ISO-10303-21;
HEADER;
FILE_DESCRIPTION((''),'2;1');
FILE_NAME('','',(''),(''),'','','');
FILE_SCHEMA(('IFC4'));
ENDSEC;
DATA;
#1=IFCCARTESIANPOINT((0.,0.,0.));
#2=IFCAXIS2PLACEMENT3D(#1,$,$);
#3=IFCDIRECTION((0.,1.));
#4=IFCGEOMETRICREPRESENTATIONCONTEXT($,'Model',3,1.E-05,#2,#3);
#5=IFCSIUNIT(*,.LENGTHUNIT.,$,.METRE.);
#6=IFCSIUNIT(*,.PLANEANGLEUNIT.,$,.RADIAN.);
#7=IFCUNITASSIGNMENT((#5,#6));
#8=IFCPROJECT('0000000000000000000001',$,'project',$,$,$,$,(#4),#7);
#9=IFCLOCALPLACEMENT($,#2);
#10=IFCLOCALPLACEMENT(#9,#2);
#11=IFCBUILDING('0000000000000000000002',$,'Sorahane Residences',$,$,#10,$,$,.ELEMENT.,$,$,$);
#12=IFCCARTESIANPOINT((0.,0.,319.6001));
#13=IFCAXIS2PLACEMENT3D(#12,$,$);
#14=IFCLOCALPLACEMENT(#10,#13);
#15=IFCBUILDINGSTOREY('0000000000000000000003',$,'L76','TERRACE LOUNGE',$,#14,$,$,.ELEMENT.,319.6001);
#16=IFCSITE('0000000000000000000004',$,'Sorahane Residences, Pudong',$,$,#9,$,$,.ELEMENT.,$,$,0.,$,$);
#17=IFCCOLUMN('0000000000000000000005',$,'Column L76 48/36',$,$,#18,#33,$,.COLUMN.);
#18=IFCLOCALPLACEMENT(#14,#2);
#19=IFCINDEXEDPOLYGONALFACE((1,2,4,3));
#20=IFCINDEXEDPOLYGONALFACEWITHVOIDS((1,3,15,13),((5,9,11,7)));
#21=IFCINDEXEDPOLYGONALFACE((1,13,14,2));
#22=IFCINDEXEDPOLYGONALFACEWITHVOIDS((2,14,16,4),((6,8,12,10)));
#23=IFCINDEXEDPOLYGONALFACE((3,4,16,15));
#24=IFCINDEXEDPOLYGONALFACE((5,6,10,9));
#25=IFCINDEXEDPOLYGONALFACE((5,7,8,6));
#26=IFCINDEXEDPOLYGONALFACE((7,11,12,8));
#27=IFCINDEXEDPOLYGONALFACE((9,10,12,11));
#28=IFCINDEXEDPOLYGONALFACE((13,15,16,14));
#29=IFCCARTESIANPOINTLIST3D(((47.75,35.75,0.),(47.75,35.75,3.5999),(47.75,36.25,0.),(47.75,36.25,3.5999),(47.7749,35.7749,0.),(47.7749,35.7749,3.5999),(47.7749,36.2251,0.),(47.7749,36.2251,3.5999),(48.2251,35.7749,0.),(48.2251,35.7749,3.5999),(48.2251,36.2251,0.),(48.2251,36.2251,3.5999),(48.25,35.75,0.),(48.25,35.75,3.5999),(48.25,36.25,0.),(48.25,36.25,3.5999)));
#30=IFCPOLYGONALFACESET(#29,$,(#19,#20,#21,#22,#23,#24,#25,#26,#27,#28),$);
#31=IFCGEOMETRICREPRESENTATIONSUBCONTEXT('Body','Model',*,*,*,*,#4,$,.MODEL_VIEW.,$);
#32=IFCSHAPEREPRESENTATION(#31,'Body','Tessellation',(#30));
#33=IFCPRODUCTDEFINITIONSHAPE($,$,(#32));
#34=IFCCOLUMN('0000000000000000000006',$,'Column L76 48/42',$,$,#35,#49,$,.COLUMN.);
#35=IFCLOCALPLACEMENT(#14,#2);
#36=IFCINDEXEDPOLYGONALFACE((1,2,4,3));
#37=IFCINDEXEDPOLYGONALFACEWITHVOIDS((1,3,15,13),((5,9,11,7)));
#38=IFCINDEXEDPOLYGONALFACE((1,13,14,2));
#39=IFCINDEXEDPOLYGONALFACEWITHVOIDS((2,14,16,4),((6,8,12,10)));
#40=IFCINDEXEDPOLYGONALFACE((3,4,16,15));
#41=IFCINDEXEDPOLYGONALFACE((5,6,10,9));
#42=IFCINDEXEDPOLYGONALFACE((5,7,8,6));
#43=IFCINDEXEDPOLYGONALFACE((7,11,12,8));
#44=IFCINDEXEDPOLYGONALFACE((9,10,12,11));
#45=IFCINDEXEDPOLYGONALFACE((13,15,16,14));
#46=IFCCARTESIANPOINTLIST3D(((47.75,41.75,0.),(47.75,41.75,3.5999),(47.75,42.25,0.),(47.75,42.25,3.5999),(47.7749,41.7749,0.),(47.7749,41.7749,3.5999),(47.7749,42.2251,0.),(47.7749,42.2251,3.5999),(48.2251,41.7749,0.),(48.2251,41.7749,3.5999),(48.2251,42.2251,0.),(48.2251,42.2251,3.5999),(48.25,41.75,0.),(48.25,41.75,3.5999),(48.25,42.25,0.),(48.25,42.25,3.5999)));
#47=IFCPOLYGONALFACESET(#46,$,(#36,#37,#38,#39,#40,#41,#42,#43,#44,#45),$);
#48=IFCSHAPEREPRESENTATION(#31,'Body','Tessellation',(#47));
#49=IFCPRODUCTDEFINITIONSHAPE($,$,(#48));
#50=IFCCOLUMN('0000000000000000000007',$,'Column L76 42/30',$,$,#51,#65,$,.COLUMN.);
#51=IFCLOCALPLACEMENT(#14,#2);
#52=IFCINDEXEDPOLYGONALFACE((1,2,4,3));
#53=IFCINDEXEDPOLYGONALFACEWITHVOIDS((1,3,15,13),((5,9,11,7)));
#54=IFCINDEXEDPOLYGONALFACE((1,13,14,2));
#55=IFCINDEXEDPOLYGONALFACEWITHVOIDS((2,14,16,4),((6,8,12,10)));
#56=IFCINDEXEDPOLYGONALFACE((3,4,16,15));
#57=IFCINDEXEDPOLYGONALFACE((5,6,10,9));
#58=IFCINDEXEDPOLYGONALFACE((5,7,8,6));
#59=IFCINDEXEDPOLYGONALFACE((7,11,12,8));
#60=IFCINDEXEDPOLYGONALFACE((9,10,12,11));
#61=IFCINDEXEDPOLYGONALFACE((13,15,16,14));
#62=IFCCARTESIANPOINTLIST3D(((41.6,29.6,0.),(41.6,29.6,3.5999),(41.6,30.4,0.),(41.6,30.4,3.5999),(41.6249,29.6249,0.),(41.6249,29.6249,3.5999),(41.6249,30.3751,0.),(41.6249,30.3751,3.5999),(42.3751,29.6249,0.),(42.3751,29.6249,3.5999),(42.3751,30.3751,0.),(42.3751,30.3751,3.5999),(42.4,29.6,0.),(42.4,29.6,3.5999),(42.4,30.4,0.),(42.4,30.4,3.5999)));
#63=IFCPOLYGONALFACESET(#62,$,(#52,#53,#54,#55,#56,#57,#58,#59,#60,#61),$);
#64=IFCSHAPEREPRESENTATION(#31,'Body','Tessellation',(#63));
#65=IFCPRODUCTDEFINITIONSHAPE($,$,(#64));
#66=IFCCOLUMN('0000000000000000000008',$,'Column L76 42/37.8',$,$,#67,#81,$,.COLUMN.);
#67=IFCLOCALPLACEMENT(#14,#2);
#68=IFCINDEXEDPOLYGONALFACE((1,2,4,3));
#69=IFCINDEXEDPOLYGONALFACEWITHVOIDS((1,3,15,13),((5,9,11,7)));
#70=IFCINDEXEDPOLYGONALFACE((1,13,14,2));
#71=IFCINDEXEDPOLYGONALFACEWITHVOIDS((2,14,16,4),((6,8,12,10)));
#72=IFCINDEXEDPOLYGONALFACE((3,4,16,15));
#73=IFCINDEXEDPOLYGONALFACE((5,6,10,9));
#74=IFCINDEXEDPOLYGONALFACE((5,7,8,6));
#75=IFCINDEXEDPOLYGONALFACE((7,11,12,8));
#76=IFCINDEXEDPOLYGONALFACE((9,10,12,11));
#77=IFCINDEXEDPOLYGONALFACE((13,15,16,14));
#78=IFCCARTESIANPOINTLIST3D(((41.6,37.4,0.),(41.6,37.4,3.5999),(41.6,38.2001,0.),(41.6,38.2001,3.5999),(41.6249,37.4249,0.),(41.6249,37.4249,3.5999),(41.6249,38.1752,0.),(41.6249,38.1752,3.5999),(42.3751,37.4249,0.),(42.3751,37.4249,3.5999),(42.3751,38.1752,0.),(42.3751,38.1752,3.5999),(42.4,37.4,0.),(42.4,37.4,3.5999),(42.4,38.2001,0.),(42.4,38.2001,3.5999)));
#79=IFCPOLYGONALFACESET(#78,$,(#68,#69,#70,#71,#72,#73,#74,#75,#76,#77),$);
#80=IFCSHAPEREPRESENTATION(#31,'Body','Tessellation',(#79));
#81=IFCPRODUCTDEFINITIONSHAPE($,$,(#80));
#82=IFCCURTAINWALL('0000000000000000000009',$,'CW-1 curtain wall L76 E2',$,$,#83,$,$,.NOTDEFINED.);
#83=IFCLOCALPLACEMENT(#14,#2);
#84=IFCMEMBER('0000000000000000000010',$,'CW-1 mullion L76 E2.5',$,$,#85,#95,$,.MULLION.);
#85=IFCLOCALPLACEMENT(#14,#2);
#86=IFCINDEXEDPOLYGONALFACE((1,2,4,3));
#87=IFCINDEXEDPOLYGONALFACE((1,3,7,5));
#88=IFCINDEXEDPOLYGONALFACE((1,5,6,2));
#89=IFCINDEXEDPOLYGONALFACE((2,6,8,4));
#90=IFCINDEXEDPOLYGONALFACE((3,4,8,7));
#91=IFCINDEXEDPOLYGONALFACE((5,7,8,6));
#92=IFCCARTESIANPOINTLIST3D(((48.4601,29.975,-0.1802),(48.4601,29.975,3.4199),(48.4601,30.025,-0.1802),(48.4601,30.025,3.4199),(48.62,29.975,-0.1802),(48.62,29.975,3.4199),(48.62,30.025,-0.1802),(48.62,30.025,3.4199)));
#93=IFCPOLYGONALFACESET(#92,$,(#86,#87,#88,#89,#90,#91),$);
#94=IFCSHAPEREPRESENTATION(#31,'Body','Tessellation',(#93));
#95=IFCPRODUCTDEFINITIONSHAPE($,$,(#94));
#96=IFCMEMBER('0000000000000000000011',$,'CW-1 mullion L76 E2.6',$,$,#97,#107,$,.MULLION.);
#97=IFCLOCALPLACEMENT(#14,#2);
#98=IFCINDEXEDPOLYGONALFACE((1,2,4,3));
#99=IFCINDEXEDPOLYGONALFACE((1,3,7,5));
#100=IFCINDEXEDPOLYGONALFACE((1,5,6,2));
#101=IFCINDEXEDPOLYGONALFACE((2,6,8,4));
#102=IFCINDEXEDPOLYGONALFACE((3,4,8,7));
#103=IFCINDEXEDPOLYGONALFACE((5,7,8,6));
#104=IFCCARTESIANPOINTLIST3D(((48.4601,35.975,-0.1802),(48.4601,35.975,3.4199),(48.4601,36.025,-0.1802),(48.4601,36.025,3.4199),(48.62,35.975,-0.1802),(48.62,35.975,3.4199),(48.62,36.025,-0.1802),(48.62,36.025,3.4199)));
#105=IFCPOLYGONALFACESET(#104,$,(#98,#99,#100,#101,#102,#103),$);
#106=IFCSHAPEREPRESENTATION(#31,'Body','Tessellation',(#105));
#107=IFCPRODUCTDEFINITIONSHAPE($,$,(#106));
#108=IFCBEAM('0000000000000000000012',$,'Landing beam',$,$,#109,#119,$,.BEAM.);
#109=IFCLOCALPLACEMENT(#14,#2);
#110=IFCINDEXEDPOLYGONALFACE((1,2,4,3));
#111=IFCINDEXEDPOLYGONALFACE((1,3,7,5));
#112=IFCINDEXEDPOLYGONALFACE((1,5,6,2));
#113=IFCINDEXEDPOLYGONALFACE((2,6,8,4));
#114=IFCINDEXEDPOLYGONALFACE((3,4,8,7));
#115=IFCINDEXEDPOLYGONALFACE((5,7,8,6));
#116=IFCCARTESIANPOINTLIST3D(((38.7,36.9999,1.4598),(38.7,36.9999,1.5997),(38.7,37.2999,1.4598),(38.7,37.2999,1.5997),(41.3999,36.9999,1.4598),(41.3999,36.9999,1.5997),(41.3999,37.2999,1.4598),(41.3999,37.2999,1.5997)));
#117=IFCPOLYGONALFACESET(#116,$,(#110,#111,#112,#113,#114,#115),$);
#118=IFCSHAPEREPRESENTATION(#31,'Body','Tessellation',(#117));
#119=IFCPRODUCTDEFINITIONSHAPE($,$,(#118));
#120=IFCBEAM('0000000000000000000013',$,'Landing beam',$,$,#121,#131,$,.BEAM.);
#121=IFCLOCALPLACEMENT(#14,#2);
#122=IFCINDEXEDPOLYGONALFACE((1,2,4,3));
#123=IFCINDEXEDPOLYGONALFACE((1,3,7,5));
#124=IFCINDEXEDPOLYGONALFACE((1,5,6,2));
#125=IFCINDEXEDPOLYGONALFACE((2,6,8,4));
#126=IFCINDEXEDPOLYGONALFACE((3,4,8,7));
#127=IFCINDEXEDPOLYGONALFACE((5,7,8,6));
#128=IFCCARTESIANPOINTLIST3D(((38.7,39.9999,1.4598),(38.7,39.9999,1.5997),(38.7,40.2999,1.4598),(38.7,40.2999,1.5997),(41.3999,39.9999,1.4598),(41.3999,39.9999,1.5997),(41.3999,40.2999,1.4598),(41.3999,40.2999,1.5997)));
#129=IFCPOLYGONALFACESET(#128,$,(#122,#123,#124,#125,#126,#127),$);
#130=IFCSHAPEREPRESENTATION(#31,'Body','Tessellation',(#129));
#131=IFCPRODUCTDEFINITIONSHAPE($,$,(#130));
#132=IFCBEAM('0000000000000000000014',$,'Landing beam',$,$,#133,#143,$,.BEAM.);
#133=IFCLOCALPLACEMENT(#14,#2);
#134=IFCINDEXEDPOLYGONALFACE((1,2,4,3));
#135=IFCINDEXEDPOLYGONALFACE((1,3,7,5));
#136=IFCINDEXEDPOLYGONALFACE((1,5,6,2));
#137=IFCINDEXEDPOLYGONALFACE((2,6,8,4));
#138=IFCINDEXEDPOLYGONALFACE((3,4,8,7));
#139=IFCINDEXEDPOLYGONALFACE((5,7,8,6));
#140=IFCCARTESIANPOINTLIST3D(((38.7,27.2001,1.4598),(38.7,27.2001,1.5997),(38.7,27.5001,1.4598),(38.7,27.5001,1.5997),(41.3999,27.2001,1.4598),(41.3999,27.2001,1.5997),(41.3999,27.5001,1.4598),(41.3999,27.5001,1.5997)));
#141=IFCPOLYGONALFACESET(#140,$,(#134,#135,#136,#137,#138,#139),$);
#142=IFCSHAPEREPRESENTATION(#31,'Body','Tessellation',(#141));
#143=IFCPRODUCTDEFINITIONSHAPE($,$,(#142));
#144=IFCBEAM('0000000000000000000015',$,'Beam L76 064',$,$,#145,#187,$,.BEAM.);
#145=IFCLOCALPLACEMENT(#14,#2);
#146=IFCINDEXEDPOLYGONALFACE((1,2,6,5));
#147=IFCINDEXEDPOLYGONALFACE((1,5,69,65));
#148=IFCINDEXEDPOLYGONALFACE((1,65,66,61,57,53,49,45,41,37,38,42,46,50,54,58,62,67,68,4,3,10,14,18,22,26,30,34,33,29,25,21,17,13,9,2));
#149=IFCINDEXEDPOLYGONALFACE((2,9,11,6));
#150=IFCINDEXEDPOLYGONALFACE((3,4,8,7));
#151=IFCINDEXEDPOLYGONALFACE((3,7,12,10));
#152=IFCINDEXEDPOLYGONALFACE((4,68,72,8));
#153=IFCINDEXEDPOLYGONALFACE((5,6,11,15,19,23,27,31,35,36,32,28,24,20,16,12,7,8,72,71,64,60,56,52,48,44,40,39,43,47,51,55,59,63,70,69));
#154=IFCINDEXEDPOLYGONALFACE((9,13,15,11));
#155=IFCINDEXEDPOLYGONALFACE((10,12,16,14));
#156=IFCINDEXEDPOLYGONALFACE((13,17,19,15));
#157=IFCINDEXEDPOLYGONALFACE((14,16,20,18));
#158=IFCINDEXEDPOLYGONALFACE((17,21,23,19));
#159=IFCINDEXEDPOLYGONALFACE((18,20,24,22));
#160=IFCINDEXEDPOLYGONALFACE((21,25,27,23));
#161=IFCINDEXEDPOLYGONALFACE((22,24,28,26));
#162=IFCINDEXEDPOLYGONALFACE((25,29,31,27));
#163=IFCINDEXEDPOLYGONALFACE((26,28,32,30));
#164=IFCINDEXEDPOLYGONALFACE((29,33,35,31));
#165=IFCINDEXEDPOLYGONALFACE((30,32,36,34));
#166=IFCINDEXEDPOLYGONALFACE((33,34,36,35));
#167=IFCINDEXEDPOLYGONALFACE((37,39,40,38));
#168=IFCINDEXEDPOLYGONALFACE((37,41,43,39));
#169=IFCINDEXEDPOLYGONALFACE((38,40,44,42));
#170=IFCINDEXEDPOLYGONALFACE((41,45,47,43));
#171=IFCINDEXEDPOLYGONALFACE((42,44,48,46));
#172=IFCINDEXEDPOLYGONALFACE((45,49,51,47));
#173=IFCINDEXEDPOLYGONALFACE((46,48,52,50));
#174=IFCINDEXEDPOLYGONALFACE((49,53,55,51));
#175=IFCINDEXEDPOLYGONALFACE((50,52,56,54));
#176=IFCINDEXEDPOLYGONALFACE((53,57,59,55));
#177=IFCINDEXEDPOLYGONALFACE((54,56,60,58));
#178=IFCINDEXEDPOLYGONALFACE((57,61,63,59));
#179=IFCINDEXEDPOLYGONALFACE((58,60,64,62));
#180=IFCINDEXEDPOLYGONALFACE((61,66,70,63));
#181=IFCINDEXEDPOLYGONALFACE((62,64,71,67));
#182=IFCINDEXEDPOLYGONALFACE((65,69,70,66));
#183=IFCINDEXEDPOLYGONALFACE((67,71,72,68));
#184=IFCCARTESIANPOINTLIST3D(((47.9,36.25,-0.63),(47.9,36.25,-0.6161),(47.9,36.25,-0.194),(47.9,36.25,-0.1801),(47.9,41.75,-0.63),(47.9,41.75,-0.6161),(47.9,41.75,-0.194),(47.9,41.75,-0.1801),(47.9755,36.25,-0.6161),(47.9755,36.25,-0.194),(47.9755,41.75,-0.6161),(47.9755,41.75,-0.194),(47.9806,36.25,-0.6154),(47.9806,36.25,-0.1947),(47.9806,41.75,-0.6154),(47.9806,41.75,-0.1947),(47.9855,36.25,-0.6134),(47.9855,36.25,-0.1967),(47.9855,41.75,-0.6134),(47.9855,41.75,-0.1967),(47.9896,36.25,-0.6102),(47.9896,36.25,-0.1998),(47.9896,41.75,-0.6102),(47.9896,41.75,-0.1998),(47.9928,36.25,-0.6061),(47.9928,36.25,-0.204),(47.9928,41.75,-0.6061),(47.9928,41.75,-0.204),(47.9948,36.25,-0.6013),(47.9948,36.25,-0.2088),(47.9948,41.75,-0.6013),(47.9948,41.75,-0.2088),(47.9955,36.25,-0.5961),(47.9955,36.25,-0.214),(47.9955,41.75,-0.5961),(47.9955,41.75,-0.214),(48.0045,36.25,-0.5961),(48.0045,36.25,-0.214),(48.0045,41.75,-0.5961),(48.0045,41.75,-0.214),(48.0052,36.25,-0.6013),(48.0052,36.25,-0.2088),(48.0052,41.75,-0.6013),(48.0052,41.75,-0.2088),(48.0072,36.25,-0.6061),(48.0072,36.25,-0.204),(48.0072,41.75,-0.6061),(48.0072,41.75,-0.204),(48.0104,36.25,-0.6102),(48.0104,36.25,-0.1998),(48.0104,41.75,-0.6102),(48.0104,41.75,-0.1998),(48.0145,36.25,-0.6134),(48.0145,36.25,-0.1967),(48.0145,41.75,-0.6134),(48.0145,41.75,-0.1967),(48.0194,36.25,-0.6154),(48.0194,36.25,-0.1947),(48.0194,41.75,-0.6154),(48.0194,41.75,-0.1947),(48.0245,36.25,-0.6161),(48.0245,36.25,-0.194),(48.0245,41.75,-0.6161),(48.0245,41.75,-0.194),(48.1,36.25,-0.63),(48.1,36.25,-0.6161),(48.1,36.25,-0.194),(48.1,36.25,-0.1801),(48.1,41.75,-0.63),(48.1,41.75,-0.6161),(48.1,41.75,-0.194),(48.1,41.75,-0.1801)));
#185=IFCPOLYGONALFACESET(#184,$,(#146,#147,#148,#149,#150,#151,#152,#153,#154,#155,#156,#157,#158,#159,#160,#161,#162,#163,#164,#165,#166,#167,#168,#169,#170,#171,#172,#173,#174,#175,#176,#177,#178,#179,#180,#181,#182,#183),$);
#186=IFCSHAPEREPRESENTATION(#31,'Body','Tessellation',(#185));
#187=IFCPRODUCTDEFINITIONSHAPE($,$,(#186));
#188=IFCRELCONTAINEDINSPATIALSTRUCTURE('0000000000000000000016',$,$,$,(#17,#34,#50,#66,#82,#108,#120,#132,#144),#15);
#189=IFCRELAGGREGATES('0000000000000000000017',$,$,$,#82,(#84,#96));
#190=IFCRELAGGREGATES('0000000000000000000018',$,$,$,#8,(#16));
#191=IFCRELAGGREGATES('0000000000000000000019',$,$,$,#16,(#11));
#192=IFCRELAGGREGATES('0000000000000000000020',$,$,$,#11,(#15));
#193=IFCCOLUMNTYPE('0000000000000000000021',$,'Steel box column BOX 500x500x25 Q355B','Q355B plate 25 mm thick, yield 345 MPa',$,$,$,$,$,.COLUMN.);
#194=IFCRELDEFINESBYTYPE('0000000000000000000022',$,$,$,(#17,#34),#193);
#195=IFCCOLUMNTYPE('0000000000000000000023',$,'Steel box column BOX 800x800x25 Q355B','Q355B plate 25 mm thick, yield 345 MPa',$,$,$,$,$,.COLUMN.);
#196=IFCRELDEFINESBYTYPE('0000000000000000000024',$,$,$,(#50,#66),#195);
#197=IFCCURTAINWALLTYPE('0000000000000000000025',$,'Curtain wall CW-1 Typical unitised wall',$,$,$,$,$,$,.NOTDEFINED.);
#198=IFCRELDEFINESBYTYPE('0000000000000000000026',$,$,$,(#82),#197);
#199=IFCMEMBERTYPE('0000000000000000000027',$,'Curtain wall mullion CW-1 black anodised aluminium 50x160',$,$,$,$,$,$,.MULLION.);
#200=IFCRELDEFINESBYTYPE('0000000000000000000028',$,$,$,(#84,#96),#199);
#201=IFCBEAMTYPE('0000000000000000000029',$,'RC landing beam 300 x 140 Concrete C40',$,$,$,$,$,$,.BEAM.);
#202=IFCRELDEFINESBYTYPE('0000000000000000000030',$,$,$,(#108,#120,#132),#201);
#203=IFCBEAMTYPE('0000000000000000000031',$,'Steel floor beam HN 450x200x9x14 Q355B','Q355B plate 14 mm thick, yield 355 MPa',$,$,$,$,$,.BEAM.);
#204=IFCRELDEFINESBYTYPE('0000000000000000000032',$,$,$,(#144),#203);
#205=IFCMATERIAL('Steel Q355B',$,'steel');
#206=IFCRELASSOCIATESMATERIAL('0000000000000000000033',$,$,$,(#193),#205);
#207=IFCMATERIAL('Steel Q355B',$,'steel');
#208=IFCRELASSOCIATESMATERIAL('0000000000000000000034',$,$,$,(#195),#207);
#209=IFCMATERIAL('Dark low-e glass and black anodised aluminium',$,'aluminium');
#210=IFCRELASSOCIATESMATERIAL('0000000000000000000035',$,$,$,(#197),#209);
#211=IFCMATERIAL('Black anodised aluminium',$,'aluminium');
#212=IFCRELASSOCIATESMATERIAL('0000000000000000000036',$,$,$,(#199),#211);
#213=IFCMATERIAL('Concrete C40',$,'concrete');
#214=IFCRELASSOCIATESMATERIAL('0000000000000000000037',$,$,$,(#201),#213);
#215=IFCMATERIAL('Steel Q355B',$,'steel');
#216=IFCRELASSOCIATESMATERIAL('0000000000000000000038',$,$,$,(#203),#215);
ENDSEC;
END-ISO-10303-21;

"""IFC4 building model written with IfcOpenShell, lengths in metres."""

from ifc_helpers import new_model, si_unit, direction, frame, origin, origin_2d, place, context, subcontext, project, spatial, rectangle, hollow_rectangle, i_section, extrude, material, material_profile, profile_set, type_object, element, aggregate, save


model = new_model("IFC4")

# Units and contexts
model_context = context("Model", 3, precision=1e-05, world=origin(), true_north=direction((0.0, 1.0)))
body_context = subcontext(model_context, "Body", "Model", "MODEL_VIEW")
ifc_project = project(units=[si_unit("LENGTHUNIT", "METRE"), si_unit("PLANEANGLEUNIT", "RADIAN")], contexts=[model_context])

# Site, building, storey
site_placement = place(None, origin())
site = spatial("IfcSite", under=ifc_project, at=site_placement, Name="Sorahane Residences, Pudong", CompositionType="ELEMENT", RefElevation=0.0)
building_placement = place(site_placement, origin())
building = spatial("IfcBuilding", under=site, at=building_placement, Name="Sorahane Residences", CompositionType="ELEMENT")
storey_placement = place(building_placement, frame((0.0, 0.0, 319.6001)))
storey = spatial("IfcBuildingStorey", under=building, at=storey_placement, Name="L76", Description="TERRACE LOUNGE", CompositionType="ELEMENT", Elevation=319.6001)

# Columns
ifc_material_1 = material(Name="Steel Q355B", Category="steel")
ifc_material_profile_1 = material_profile(ifc_material_1, hollow_rectangle(XDim=0.5, YDim=0.5, WallThickness=0.0249, at=origin_2d()), Name="BOX 500x500x25")
ifc_profile_set_1 = profile_set([ifc_material_profile_1], Name="Steel Q355B")
column_type_1 = type_object("IfcColumnType", Name="Steel box column BOX 500x500x25 Q355B", Description="Q355B plate 25 mm thick, yield 345 MPa", PredefinedType="COLUMN", material=ifc_profile_set_1)
for number, where, z_axis, x_axis, name in (
    (1, (48.0, 36.0, 0.0), (0.0, 0.0, 1.0), (1.0, 0.0, 0.0), "Column L76 48/36"),
    (2, (48.0, 42.0, 0.0), (0.0, 0.0, 1.0), (1.0, 0.0, 0.0), "Column L76 48/42"),
):
    element("IfcColumn", number, at=place(storey_placement, frame(where, z_axis=z_axis, x_axis=x_axis)), inside=storey, type_object=column_type_1, Name=name, PredefinedType="COLUMN", context=body_context, shape_type="SweptSolid", body=[
        extrude(hollow_rectangle(XDim=0.5, YDim=0.5, WallThickness=0.0249, at=origin_2d()), origin(), (0.0, 0.0, 1.0), 3.5999),
    ])
ifc_material_2 = material(Name="Steel Q355B", Category="steel")
ifc_material_profile_2 = material_profile(ifc_material_2, hollow_rectangle(XDim=0.8, YDim=0.8, WallThickness=0.0249, at=origin_2d()), Name="BOX 800x800x25")
ifc_profile_set_2 = profile_set([ifc_material_profile_2], Name="Steel Q355B")
column_type_2 = type_object("IfcColumnType", Name="Steel box column BOX 800x800x25 Q355B", Description="Q355B plate 25 mm thick, yield 345 MPa", PredefinedType="COLUMN", material=ifc_profile_set_2)
for number, where, z_axis, x_axis, name in (
    (3, (42.0, 30.0, 0.0), (0.0, 0.0, 1.0), (1.0, 0.0, 0.0), "Column L76 42/30"),
    (4, (42.0, 37.8, 0.0), (0.0, 0.0, 1.0), (1.0, 0.0, 0.0), "Column L76 42/37.8"),
):
    element("IfcColumn", number, at=place(storey_placement, frame(where, z_axis=z_axis, x_axis=x_axis)), inside=storey, type_object=column_type_2, Name=name, PredefinedType="COLUMN", context=body_context, shape_type="SweptSolid", body=[
        extrude(hollow_rectangle(XDim=0.8, YDim=0.8, WallThickness=0.0249, at=origin_2d()), origin(), (0.0, 0.0, 1.0), 3.5999),
    ])

# Curtain wall, members
ifc_material_3 = material(Name="Dark low-e glass and black anodised aluminium", Category="aluminium")
curtain_wall_type = type_object("IfcCurtainWallType", Name="Curtain wall CW-1 Typical unitised wall", PredefinedType="NOTDEFINED", material=ifc_material_3)
curtain_wall_placement = place(storey_placement, origin())
curtain_wall = element("IfcCurtainWall", 5, at=curtain_wall_placement, inside=storey, type_object=curtain_wall_type, Name="CW-1 curtain wall L76 E2", PredefinedType="NOTDEFINED")
ifc_material_4 = material(Name="Black anodised aluminium", Category="aluminium")
ifc_material_profile_3 = material_profile(ifc_material_4, rectangle(XDim=0.1599, YDim=0.05, at=origin_2d()), Name="Curtain wall mullion CW-1 black anodised aluminium 50x160")
ifc_profile_set_3 = profile_set([ifc_material_profile_3], Name="Black anodised aluminium")
member_type = type_object("IfcMemberType", Name="Curtain wall mullion CW-1 black anodised aluminium 50x160", PredefinedType="MULLION", material=ifc_profile_set_3)
member_1_placement = place(storey_placement, frame((48.54, 30.0, -0.1802), z_axis=(0.0, 0.0, 1.0), x_axis=(1.0, 0.0, 0.0)))
member_1 = element("IfcMember", 6, at=member_1_placement, type_object=member_type, Name="CW-1 mullion L76 E2.5", PredefinedType="MULLION", context=body_context, shape_type="SweptSolid", body=[
    extrude(rectangle(XDim=0.1599, YDim=0.05, at=origin_2d()), origin(), (0.0, 0.0, 1.0), 3.6001),
])
member_2_placement = place(storey_placement, frame((48.54, 36.0, -0.1802), z_axis=(0.0, 0.0, 1.0), x_axis=(1.0, 0.0, 0.0)))
member_2 = element("IfcMember", 7, at=member_2_placement, type_object=member_type, Name="CW-1 mullion L76 E2.6", PredefinedType="MULLION", context=body_context, shape_type="SweptSolid", body=[
    extrude(rectangle(XDim=0.1599, YDim=0.05, at=origin_2d()), origin(), (0.0, 0.0, 1.0), 3.6001),
])

# Beams
ifc_material_5 = material(Name="Concrete C40", Category="concrete")
ifc_material_profile_4 = material_profile(ifc_material_5, rectangle(XDim=0.3, YDim=0.1399, at=origin_2d()), Name="300x140")
ifc_profile_set_4 = profile_set([ifc_material_profile_4], Name="Concrete C40")
beam_type_1 = type_object("IfcBeamType", Name="RC landing beam 300 x 140 Concrete C40", PredefinedType="BEAM", material=ifc_profile_set_4)
for number, where, z_axis, x_axis, name in (
    (8, (38.7, 37.1499, 1.5298), (1.0, 0.0, 0.0), (0.0, 1.0, 0.0), "Landing beam"),
    (9, (38.7, 40.1499, 1.5298), (1.0, 0.0, 0.0), (0.0, 1.0, 0.0), "Landing beam"),
    (10, (38.7, 27.3501, 1.5298), (1.0, 0.0, 0.0), (0.0, 1.0, 0.0), "Landing beam"),
):
    element("IfcBeam", number, at=place(storey_placement, frame(where, z_axis=z_axis, x_axis=x_axis)), inside=storey, type_object=beam_type_1, Name=name, PredefinedType="BEAM", context=body_context, shape_type="SweptSolid", body=[
        extrude(rectangle(XDim=0.3, YDim=0.1399, at=origin_2d()), origin(), (0.0, 0.0, 1.0), 2.7),
    ])
ifc_material_6 = material(Name="Steel Q355B", Category="steel")
ifc_material_profile_5 = material_profile(ifc_material_6, i_section(OverallWidth=0.2, OverallDepth=0.45, WebThickness=0.009, FlangeThickness=0.0139, FilletRadius=0.02, at=origin_2d()), Name="HN 450x200x9x14")
ifc_profile_set_5 = profile_set([ifc_material_profile_5], Name="Steel Q355B")
beam_type_2 = type_object("IfcBeamType", Name="Steel floor beam HN 450x200x9x14 Q355B", Description="Q355B plate 14 mm thick, yield 355 MPa", PredefinedType="BEAM", material=ifc_profile_set_5)
beam_1_placement = place(storey_placement, frame((48.0, 36.25, -0.405), z_axis=(0.0, 1.0, 0.0), x_axis=(-1.0, 0.0, 0.0)))
element("IfcBeam", 11, at=beam_1_placement, inside=storey, type_object=beam_type_2, Name="Beam L76 064", PredefinedType="BEAM", context=body_context, shape_type="SweptSolid", body=[
    extrude(i_section(OverallWidth=0.2, OverallDepth=0.45, WebThickness=0.009, FlangeThickness=0.0139, FilletRadius=0.02, at=origin_2d()), origin(), (0.0, 0.0, 1.0), 5.5),
])

aggregate(curtain_wall, [member_1, member_2])

save(model, "model.ifc")
